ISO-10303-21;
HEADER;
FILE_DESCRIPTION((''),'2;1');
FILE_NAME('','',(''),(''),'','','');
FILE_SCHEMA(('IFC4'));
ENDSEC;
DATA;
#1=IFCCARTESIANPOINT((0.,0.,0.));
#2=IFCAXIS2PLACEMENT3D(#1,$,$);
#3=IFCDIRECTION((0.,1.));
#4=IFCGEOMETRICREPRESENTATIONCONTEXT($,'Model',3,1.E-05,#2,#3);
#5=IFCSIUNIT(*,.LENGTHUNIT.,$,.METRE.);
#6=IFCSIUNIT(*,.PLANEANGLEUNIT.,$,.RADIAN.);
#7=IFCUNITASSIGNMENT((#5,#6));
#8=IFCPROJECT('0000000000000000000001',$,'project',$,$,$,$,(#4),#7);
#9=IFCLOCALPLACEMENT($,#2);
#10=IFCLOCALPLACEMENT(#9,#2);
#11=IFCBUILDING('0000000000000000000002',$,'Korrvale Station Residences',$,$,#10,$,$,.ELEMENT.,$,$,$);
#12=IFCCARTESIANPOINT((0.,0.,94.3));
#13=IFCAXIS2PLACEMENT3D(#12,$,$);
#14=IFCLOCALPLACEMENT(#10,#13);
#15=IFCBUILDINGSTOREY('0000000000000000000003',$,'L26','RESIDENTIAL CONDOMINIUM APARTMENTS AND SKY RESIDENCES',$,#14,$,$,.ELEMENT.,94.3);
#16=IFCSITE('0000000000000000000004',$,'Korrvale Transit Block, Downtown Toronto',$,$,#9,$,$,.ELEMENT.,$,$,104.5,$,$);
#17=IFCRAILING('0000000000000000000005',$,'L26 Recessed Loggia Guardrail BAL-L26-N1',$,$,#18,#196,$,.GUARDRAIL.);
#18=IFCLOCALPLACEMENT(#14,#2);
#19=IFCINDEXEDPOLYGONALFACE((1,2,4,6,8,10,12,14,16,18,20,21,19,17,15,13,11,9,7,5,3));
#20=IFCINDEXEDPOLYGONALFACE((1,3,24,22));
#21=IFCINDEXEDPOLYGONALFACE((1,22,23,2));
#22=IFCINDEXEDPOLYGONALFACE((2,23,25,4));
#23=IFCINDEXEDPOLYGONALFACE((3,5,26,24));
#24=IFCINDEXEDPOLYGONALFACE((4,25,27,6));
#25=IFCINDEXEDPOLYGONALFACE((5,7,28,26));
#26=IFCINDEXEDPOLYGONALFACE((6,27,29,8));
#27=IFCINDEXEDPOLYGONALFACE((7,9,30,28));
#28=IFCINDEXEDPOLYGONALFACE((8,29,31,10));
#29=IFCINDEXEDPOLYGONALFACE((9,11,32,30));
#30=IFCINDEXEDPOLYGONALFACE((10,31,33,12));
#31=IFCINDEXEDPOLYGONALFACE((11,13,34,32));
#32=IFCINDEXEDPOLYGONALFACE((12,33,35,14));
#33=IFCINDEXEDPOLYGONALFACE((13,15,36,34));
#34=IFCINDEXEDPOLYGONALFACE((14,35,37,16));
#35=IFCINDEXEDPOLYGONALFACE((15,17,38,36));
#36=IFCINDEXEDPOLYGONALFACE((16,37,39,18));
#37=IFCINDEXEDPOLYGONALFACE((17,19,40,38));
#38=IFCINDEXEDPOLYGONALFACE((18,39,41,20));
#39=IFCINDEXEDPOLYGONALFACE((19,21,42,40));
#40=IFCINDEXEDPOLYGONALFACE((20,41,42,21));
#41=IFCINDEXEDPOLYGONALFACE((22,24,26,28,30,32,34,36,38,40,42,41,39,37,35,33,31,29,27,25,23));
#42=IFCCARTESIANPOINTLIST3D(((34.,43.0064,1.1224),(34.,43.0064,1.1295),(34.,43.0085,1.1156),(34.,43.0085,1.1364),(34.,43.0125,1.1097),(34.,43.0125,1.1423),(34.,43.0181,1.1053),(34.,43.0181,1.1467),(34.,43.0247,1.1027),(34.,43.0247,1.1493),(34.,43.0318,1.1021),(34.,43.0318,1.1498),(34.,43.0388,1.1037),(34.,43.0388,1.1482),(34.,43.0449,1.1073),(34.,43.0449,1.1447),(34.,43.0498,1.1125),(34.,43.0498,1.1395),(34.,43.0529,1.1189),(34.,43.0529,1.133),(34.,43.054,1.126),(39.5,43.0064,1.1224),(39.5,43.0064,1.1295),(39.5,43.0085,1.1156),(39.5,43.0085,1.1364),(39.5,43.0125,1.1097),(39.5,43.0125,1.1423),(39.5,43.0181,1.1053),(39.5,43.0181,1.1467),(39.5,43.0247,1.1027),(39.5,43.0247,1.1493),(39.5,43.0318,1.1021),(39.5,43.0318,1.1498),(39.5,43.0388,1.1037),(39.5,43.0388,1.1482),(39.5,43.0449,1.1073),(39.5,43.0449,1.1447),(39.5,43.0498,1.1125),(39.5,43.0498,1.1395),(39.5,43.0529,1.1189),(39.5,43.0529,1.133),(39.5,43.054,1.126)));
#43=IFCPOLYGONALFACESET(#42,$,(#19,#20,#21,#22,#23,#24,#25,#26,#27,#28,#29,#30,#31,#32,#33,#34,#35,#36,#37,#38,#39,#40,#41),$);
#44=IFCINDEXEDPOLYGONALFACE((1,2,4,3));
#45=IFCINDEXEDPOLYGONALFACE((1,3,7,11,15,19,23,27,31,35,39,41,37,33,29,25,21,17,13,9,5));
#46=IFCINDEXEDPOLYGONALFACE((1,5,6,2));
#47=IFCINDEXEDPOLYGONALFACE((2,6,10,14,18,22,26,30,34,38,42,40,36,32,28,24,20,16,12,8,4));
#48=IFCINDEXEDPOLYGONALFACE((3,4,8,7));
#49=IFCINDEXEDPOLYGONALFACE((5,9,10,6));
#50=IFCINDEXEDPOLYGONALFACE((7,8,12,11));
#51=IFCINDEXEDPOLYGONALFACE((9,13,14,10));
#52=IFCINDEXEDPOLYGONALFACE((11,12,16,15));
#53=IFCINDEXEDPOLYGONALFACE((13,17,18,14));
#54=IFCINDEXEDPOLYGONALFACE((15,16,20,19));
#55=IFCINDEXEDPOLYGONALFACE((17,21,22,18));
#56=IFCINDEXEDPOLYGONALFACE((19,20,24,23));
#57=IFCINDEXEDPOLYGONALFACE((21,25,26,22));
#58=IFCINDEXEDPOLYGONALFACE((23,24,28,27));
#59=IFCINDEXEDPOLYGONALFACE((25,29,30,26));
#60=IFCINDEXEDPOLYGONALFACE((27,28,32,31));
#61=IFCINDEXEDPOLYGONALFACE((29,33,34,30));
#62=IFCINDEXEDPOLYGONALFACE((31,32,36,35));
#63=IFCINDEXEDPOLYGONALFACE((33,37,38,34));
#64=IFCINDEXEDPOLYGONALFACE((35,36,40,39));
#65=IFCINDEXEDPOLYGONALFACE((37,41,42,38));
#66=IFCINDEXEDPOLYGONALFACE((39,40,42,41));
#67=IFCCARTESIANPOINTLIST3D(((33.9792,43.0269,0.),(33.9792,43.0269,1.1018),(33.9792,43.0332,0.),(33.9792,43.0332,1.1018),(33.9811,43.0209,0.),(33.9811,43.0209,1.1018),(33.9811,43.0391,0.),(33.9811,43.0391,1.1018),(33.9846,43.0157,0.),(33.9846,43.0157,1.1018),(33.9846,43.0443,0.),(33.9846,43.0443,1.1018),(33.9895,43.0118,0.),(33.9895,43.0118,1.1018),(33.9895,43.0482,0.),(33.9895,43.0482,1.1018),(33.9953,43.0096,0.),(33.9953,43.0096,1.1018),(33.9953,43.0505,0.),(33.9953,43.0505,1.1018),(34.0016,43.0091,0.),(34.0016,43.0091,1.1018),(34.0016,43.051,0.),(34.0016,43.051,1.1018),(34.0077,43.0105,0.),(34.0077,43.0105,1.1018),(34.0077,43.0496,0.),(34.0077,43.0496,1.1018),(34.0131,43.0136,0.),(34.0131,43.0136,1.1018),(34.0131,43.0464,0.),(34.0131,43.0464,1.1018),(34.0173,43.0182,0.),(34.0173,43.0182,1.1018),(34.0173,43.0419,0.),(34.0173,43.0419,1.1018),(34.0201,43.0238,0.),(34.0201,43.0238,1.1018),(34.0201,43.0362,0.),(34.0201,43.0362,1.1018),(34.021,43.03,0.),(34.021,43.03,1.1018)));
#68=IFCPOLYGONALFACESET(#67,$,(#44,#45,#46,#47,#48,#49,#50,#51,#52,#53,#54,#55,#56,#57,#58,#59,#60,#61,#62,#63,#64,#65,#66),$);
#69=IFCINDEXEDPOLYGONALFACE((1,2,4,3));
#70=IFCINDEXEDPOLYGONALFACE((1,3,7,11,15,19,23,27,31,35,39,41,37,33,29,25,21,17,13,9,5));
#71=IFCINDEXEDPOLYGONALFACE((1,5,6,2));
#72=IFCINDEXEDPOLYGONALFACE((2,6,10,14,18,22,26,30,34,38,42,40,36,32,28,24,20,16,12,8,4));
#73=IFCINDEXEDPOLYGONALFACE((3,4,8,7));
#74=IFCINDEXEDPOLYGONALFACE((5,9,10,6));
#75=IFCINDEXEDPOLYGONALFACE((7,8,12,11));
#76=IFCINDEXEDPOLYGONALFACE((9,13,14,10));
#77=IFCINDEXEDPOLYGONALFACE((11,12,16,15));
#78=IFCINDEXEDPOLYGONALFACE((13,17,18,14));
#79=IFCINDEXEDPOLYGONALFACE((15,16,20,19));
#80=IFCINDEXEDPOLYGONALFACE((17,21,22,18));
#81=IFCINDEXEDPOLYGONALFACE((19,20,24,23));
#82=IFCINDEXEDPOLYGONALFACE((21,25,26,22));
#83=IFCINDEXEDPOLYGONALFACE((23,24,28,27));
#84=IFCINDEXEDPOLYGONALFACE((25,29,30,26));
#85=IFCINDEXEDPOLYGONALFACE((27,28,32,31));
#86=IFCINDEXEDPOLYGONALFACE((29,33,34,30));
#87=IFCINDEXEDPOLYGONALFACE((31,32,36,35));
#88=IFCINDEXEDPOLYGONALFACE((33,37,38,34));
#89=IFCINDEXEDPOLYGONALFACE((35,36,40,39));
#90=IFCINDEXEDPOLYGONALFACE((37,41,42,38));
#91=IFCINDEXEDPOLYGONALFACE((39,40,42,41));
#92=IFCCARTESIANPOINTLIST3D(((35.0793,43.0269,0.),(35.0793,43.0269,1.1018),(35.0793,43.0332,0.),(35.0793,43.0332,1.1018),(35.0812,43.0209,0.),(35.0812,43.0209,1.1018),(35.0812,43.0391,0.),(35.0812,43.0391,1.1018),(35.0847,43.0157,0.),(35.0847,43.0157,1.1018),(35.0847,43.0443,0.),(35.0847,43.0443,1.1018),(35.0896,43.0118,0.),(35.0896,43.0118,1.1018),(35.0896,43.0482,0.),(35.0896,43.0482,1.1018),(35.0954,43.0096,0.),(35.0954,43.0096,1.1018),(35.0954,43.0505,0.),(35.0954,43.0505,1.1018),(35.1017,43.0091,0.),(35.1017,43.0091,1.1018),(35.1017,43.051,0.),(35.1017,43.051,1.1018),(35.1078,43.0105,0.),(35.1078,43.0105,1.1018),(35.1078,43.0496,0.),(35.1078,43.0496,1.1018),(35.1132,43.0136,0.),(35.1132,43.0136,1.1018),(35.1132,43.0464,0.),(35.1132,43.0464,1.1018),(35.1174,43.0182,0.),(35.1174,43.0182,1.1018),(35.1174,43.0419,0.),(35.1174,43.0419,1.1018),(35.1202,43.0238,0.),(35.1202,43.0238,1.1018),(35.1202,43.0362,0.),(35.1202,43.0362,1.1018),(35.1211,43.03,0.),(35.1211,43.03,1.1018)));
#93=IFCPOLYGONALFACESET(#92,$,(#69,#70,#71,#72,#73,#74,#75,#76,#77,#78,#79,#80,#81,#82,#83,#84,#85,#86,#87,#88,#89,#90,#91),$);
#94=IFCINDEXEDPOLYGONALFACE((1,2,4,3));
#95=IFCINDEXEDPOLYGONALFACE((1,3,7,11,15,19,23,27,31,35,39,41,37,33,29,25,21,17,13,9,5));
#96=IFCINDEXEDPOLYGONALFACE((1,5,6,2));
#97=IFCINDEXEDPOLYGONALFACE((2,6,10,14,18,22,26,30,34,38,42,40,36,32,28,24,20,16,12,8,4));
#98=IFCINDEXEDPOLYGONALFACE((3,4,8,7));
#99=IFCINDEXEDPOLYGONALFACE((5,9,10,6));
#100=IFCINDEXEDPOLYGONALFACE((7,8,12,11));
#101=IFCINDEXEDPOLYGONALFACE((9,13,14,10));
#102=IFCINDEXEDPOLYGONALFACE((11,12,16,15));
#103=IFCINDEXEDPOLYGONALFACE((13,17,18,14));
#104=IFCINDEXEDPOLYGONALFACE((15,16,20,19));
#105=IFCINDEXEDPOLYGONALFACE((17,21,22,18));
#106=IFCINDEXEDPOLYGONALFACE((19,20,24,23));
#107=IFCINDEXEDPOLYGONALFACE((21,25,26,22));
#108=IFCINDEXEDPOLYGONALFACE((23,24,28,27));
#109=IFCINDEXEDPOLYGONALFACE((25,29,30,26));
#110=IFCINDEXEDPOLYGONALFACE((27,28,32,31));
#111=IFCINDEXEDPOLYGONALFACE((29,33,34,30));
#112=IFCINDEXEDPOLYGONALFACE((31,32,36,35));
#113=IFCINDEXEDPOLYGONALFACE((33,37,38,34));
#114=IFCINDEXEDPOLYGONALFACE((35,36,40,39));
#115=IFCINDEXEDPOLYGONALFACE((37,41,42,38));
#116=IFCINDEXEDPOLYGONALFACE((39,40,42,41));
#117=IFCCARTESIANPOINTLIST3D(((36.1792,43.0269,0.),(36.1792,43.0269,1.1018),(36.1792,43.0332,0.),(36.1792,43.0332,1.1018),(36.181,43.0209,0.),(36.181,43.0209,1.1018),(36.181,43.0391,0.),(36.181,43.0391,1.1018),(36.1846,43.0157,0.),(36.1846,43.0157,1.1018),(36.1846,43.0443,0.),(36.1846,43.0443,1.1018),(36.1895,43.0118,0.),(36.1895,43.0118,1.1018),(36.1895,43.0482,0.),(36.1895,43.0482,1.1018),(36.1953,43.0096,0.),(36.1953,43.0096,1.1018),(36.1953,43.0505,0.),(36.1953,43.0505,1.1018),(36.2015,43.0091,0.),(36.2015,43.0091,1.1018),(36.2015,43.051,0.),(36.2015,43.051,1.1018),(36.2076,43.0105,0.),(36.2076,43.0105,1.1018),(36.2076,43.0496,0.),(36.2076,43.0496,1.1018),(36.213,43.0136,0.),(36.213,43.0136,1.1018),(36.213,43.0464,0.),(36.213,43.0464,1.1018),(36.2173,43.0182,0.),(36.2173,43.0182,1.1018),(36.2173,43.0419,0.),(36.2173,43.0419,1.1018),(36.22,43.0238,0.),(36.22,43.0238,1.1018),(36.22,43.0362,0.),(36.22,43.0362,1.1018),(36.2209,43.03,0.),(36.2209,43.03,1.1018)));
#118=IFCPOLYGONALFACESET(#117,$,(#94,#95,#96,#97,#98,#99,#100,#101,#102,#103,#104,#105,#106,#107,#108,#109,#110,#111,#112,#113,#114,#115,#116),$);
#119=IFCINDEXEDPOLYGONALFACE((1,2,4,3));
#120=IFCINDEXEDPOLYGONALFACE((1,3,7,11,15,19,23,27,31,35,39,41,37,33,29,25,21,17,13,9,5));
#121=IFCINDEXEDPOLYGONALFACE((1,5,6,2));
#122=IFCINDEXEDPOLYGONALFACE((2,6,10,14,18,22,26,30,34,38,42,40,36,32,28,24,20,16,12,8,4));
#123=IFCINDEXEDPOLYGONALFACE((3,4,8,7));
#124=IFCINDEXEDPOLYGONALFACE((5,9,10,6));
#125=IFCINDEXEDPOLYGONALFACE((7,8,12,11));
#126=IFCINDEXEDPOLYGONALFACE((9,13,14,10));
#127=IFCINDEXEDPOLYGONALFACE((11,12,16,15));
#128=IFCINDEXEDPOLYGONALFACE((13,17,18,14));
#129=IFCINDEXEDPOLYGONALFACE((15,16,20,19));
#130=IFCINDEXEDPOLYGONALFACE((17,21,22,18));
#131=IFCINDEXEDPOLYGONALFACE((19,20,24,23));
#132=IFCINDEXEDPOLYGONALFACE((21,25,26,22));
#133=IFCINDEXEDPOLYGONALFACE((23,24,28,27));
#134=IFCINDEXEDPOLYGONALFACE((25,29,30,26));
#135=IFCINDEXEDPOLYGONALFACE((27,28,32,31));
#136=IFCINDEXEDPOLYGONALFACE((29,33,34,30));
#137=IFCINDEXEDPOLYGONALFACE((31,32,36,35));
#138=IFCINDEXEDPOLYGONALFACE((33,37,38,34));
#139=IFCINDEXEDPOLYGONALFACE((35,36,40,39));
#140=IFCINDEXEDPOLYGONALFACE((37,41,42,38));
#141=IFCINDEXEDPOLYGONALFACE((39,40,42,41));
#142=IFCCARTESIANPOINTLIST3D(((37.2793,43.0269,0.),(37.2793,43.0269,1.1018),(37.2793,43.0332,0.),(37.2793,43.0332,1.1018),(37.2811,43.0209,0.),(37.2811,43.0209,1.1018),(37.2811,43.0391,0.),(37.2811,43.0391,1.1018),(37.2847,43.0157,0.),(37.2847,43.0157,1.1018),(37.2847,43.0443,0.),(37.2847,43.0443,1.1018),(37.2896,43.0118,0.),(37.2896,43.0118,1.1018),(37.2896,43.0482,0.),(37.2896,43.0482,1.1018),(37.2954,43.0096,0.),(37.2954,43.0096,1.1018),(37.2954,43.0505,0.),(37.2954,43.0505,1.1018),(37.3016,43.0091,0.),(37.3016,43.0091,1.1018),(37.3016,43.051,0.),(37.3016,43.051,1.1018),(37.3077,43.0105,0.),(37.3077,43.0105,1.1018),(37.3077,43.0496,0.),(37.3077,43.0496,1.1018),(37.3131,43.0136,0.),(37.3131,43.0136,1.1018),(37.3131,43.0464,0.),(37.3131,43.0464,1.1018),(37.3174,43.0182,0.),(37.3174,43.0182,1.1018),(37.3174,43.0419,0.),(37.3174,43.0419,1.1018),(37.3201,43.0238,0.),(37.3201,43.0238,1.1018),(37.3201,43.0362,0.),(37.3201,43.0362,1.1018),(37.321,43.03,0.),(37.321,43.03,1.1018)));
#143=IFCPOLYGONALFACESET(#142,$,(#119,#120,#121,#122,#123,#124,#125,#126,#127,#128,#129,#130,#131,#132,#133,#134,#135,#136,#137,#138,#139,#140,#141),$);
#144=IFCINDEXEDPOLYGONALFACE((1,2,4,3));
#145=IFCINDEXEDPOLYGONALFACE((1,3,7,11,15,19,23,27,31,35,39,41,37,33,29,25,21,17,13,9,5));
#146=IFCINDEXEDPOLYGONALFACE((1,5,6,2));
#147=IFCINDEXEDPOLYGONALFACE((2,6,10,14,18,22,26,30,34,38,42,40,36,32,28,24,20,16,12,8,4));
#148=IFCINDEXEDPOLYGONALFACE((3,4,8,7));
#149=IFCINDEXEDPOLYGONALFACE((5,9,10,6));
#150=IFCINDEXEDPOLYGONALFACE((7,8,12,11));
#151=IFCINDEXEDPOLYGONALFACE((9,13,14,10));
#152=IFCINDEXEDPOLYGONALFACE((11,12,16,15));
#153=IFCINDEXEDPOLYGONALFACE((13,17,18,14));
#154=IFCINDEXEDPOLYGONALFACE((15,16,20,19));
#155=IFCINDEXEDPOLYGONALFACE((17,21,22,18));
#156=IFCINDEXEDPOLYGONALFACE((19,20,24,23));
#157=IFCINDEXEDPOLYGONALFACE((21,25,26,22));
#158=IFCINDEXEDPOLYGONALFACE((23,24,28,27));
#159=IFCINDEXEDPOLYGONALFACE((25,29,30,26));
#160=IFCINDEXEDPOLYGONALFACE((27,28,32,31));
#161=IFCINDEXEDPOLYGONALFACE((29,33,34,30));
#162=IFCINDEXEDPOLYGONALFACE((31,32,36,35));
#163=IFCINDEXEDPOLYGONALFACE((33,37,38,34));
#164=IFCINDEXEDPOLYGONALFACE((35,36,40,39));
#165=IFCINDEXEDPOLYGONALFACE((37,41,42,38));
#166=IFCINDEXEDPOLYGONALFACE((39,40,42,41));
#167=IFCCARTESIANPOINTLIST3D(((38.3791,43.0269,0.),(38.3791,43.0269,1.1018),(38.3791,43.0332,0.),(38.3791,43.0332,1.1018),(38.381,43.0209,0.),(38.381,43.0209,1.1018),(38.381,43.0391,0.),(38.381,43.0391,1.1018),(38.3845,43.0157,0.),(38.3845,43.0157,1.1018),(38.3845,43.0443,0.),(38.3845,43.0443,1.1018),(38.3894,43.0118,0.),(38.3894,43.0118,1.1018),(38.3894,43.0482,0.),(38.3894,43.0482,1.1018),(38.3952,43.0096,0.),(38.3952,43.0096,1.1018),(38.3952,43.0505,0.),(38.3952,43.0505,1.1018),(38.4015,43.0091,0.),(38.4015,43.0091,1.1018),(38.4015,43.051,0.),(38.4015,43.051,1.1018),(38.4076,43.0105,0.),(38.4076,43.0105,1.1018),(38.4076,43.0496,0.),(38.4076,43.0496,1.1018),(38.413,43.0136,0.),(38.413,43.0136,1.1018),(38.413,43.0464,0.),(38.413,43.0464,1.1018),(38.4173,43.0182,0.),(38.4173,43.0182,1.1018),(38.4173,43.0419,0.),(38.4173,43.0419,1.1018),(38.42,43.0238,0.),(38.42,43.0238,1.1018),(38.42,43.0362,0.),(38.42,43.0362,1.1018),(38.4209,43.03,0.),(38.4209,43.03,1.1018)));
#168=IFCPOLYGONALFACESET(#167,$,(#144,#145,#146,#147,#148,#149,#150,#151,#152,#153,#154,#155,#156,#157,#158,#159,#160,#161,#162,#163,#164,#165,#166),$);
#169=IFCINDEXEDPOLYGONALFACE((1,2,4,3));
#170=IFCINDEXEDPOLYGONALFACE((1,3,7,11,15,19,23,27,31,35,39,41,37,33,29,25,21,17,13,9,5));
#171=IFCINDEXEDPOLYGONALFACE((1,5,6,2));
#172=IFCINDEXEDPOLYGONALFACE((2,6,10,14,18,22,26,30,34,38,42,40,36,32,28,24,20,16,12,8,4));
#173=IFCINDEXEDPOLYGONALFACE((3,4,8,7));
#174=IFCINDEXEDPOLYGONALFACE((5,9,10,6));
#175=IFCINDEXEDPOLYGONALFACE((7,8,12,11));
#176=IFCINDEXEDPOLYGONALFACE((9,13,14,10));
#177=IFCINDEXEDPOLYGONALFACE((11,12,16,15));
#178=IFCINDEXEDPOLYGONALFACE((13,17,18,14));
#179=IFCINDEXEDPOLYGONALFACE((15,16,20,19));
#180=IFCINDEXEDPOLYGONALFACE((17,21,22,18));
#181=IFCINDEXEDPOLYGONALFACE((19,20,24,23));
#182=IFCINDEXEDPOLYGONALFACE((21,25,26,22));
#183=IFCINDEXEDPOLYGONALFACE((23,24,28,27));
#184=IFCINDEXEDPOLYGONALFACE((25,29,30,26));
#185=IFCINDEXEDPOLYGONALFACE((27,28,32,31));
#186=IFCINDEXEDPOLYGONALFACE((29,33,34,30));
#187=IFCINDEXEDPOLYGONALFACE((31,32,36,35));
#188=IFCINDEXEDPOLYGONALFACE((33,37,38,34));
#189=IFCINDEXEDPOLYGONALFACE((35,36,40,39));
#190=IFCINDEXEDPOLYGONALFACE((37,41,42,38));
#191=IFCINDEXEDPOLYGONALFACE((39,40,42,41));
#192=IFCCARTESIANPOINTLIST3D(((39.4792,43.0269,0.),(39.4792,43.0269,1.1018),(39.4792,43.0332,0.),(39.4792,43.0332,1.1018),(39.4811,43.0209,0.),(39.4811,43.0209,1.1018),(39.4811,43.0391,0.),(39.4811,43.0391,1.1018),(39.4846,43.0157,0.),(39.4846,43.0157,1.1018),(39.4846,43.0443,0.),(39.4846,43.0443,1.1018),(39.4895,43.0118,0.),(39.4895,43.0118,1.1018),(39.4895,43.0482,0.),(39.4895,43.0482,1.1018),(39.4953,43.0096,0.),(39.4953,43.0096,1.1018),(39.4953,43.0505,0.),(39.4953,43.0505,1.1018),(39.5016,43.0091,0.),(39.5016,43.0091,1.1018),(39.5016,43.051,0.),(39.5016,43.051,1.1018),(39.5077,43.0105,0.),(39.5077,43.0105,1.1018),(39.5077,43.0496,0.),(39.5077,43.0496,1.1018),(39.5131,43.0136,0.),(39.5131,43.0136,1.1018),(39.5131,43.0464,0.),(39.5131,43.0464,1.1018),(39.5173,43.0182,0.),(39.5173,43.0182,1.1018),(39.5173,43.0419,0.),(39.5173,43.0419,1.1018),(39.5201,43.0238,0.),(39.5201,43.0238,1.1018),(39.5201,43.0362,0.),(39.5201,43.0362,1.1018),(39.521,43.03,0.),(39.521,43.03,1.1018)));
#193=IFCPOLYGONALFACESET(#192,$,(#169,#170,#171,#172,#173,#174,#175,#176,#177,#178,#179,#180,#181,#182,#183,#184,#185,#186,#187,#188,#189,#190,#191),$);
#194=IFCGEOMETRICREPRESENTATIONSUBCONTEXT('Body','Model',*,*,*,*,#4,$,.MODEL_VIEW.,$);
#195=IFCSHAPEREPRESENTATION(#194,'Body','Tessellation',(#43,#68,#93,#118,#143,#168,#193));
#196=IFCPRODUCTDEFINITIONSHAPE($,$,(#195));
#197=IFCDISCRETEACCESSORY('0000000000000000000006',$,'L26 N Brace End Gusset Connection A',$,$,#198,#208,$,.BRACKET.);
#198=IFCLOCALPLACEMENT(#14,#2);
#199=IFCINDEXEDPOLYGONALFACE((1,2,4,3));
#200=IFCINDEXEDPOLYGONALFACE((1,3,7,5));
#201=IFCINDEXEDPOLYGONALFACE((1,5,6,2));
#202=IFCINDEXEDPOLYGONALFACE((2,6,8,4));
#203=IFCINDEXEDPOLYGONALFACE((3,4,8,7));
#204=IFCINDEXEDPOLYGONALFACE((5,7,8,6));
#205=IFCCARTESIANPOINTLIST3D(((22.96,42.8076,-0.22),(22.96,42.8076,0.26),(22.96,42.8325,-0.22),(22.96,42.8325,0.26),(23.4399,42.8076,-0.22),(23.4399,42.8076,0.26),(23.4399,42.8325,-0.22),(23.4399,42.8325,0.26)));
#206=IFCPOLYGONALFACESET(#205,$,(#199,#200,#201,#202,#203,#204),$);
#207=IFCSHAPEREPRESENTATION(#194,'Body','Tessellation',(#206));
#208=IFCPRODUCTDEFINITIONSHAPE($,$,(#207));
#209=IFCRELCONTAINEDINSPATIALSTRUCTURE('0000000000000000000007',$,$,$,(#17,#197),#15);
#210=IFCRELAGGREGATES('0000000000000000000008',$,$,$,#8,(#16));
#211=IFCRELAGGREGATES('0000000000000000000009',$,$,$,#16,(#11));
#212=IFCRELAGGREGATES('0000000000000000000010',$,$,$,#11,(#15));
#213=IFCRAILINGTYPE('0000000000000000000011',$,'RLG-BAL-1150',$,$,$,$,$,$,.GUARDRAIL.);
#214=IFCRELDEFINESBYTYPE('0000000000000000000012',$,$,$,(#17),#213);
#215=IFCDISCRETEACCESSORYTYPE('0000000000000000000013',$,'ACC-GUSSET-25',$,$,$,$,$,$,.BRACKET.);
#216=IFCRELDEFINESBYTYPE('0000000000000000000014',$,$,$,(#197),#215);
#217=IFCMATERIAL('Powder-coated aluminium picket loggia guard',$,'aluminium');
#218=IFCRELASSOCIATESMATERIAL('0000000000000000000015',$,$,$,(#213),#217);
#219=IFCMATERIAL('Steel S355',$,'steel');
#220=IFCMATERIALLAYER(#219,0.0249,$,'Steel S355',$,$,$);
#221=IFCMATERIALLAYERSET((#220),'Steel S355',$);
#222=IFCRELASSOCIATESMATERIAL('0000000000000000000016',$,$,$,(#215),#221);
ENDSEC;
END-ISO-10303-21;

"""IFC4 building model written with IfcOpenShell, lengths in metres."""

from ifc_helpers import new_model, si_unit, direction, frame, origin, origin_2d, place, context, subcontext, project, spatial, rectangle, circle, extrude, material, layer, layer_set, type_object, element, save


model = new_model("IFC4")

# Units and contexts
model_context = context("Model", 3, precision=1e-05, world=origin(), true_north=direction((0.0, 1.0)))
body_context = subcontext(model_context, "Body", "Model", "MODEL_VIEW")
ifc_project = project(units=[si_unit("LENGTHUNIT", "METRE"), si_unit("PLANEANGLEUNIT", "RADIAN")], contexts=[model_context])

# Site, building, storey
site_placement = place(None, origin())
site = spatial("IfcSite", under=ifc_project, at=site_placement, Name="Korrvale Transit Block, Downtown Toronto", CompositionType="ELEMENT", RefElevation=104.5)
building_placement = place(site_placement, origin())
building = spatial("IfcBuilding", under=site, at=building_placement, Name="Korrvale Station Residences", CompositionType="ELEMENT")
storey_placement = place(building_placement, frame((0.0, 0.0, 94.3)))
storey = spatial("IfcBuildingStorey", under=building, at=storey_placement, Name="L26", Description="RESIDENTIAL CONDOMINIUM APARTMENTS AND SKY RESIDENCES", CompositionType="ELEMENT", Elevation=94.3)

# Shared definitions
ifc_material_1 = material(Name="Steel S355", Category="steel")

# Railing
ifc_material_2 = material(Name="Powder-coated aluminium picket loggia guard", Category="aluminium")
railing_type = type_object("IfcRailingType", Name="RLG-BAL-1150", PredefinedType="GUARDRAIL", material=ifc_material_2)
railing_placement = place(storey_placement, frame((34.0, 43.03, 0.0)))
element("IfcRailing", 1, at=railing_placement, inside=storey, type_object=railing_type, Name="L26 Recessed Loggia Guardrail BAL-L26-N1", PredefinedType="GUARDRAIL", context=body_context, shape_type="SweptSolid", body=[
    extrude(circle(Radius=0.0239, at=origin_2d()), frame((0.0, 0.0, 1.126), z_axis=(1.0, 0.0, 0.0), x_axis=(0.0, 1.0, 0.0)), (0.0, 0.0, 1.0), 5.5),
    extrude(circle(Radius=0.021, at=origin_2d()), origin(), (0.0, 0.0, 1.0), 1.1018),
    extrude(circle(Radius=0.021, at=origin_2d()), frame((1.1001, 0.0, 0.0)), (0.0, 0.0, 1.0), 1.1018),
    extrude(circle(Radius=0.021, at=origin_2d()), frame((2.2, 0.0, 0.0)), (0.0, 0.0, 1.0), 1.1018),
    extrude(circle(Radius=0.021, at=origin_2d()), frame((3.3, 0.0, 0.0)), (0.0, 0.0, 1.0), 1.1018),
    extrude(circle(Radius=0.021, at=origin_2d()), frame((4.3999, 0.0, 0.0)), (0.0, 0.0, 1.0), 1.1018),
    extrude(circle(Radius=0.021, at=origin_2d()), frame((5.5, 0.0, 0.0)), (0.0, 0.0, 1.0), 1.1018),
])

# Discrete accessory
ifc_layer_1 = layer(ifc_material_1, 0.0249, Name="Steel S355")
ifc_layer_set_1 = layer_set([ifc_layer_1], Name="Steel S355")
discrete_accessory_type = type_object("IfcDiscreteAccessoryType", Name="ACC-GUSSET-25", PredefinedType="BRACKET", material=ifc_layer_set_1)
for number, where, z_axis, x_axis, name in (
    (2, (23.2, 42.8201, -0.22), (0.0, 0.0, 1.0), (1.0, 0.0, 0.0), "L26 N Brace End Gusset Connection A"),
):
    element("IfcDiscreteAccessory", number, at=place(storey_placement, frame(where, z_axis=z_axis, x_axis=x_axis)), inside=storey, type_object=discrete_accessory_type, Name=name, PredefinedType="BRACKET", context=body_context, shape_type="SweptSolid", body=[
        extrude(rectangle(XDim=0.48, YDim=0.0249, at=origin_2d()), origin(), (0.0, 0.0, 1.0), 0.48),
    ])

save(model, "model.ifc")
